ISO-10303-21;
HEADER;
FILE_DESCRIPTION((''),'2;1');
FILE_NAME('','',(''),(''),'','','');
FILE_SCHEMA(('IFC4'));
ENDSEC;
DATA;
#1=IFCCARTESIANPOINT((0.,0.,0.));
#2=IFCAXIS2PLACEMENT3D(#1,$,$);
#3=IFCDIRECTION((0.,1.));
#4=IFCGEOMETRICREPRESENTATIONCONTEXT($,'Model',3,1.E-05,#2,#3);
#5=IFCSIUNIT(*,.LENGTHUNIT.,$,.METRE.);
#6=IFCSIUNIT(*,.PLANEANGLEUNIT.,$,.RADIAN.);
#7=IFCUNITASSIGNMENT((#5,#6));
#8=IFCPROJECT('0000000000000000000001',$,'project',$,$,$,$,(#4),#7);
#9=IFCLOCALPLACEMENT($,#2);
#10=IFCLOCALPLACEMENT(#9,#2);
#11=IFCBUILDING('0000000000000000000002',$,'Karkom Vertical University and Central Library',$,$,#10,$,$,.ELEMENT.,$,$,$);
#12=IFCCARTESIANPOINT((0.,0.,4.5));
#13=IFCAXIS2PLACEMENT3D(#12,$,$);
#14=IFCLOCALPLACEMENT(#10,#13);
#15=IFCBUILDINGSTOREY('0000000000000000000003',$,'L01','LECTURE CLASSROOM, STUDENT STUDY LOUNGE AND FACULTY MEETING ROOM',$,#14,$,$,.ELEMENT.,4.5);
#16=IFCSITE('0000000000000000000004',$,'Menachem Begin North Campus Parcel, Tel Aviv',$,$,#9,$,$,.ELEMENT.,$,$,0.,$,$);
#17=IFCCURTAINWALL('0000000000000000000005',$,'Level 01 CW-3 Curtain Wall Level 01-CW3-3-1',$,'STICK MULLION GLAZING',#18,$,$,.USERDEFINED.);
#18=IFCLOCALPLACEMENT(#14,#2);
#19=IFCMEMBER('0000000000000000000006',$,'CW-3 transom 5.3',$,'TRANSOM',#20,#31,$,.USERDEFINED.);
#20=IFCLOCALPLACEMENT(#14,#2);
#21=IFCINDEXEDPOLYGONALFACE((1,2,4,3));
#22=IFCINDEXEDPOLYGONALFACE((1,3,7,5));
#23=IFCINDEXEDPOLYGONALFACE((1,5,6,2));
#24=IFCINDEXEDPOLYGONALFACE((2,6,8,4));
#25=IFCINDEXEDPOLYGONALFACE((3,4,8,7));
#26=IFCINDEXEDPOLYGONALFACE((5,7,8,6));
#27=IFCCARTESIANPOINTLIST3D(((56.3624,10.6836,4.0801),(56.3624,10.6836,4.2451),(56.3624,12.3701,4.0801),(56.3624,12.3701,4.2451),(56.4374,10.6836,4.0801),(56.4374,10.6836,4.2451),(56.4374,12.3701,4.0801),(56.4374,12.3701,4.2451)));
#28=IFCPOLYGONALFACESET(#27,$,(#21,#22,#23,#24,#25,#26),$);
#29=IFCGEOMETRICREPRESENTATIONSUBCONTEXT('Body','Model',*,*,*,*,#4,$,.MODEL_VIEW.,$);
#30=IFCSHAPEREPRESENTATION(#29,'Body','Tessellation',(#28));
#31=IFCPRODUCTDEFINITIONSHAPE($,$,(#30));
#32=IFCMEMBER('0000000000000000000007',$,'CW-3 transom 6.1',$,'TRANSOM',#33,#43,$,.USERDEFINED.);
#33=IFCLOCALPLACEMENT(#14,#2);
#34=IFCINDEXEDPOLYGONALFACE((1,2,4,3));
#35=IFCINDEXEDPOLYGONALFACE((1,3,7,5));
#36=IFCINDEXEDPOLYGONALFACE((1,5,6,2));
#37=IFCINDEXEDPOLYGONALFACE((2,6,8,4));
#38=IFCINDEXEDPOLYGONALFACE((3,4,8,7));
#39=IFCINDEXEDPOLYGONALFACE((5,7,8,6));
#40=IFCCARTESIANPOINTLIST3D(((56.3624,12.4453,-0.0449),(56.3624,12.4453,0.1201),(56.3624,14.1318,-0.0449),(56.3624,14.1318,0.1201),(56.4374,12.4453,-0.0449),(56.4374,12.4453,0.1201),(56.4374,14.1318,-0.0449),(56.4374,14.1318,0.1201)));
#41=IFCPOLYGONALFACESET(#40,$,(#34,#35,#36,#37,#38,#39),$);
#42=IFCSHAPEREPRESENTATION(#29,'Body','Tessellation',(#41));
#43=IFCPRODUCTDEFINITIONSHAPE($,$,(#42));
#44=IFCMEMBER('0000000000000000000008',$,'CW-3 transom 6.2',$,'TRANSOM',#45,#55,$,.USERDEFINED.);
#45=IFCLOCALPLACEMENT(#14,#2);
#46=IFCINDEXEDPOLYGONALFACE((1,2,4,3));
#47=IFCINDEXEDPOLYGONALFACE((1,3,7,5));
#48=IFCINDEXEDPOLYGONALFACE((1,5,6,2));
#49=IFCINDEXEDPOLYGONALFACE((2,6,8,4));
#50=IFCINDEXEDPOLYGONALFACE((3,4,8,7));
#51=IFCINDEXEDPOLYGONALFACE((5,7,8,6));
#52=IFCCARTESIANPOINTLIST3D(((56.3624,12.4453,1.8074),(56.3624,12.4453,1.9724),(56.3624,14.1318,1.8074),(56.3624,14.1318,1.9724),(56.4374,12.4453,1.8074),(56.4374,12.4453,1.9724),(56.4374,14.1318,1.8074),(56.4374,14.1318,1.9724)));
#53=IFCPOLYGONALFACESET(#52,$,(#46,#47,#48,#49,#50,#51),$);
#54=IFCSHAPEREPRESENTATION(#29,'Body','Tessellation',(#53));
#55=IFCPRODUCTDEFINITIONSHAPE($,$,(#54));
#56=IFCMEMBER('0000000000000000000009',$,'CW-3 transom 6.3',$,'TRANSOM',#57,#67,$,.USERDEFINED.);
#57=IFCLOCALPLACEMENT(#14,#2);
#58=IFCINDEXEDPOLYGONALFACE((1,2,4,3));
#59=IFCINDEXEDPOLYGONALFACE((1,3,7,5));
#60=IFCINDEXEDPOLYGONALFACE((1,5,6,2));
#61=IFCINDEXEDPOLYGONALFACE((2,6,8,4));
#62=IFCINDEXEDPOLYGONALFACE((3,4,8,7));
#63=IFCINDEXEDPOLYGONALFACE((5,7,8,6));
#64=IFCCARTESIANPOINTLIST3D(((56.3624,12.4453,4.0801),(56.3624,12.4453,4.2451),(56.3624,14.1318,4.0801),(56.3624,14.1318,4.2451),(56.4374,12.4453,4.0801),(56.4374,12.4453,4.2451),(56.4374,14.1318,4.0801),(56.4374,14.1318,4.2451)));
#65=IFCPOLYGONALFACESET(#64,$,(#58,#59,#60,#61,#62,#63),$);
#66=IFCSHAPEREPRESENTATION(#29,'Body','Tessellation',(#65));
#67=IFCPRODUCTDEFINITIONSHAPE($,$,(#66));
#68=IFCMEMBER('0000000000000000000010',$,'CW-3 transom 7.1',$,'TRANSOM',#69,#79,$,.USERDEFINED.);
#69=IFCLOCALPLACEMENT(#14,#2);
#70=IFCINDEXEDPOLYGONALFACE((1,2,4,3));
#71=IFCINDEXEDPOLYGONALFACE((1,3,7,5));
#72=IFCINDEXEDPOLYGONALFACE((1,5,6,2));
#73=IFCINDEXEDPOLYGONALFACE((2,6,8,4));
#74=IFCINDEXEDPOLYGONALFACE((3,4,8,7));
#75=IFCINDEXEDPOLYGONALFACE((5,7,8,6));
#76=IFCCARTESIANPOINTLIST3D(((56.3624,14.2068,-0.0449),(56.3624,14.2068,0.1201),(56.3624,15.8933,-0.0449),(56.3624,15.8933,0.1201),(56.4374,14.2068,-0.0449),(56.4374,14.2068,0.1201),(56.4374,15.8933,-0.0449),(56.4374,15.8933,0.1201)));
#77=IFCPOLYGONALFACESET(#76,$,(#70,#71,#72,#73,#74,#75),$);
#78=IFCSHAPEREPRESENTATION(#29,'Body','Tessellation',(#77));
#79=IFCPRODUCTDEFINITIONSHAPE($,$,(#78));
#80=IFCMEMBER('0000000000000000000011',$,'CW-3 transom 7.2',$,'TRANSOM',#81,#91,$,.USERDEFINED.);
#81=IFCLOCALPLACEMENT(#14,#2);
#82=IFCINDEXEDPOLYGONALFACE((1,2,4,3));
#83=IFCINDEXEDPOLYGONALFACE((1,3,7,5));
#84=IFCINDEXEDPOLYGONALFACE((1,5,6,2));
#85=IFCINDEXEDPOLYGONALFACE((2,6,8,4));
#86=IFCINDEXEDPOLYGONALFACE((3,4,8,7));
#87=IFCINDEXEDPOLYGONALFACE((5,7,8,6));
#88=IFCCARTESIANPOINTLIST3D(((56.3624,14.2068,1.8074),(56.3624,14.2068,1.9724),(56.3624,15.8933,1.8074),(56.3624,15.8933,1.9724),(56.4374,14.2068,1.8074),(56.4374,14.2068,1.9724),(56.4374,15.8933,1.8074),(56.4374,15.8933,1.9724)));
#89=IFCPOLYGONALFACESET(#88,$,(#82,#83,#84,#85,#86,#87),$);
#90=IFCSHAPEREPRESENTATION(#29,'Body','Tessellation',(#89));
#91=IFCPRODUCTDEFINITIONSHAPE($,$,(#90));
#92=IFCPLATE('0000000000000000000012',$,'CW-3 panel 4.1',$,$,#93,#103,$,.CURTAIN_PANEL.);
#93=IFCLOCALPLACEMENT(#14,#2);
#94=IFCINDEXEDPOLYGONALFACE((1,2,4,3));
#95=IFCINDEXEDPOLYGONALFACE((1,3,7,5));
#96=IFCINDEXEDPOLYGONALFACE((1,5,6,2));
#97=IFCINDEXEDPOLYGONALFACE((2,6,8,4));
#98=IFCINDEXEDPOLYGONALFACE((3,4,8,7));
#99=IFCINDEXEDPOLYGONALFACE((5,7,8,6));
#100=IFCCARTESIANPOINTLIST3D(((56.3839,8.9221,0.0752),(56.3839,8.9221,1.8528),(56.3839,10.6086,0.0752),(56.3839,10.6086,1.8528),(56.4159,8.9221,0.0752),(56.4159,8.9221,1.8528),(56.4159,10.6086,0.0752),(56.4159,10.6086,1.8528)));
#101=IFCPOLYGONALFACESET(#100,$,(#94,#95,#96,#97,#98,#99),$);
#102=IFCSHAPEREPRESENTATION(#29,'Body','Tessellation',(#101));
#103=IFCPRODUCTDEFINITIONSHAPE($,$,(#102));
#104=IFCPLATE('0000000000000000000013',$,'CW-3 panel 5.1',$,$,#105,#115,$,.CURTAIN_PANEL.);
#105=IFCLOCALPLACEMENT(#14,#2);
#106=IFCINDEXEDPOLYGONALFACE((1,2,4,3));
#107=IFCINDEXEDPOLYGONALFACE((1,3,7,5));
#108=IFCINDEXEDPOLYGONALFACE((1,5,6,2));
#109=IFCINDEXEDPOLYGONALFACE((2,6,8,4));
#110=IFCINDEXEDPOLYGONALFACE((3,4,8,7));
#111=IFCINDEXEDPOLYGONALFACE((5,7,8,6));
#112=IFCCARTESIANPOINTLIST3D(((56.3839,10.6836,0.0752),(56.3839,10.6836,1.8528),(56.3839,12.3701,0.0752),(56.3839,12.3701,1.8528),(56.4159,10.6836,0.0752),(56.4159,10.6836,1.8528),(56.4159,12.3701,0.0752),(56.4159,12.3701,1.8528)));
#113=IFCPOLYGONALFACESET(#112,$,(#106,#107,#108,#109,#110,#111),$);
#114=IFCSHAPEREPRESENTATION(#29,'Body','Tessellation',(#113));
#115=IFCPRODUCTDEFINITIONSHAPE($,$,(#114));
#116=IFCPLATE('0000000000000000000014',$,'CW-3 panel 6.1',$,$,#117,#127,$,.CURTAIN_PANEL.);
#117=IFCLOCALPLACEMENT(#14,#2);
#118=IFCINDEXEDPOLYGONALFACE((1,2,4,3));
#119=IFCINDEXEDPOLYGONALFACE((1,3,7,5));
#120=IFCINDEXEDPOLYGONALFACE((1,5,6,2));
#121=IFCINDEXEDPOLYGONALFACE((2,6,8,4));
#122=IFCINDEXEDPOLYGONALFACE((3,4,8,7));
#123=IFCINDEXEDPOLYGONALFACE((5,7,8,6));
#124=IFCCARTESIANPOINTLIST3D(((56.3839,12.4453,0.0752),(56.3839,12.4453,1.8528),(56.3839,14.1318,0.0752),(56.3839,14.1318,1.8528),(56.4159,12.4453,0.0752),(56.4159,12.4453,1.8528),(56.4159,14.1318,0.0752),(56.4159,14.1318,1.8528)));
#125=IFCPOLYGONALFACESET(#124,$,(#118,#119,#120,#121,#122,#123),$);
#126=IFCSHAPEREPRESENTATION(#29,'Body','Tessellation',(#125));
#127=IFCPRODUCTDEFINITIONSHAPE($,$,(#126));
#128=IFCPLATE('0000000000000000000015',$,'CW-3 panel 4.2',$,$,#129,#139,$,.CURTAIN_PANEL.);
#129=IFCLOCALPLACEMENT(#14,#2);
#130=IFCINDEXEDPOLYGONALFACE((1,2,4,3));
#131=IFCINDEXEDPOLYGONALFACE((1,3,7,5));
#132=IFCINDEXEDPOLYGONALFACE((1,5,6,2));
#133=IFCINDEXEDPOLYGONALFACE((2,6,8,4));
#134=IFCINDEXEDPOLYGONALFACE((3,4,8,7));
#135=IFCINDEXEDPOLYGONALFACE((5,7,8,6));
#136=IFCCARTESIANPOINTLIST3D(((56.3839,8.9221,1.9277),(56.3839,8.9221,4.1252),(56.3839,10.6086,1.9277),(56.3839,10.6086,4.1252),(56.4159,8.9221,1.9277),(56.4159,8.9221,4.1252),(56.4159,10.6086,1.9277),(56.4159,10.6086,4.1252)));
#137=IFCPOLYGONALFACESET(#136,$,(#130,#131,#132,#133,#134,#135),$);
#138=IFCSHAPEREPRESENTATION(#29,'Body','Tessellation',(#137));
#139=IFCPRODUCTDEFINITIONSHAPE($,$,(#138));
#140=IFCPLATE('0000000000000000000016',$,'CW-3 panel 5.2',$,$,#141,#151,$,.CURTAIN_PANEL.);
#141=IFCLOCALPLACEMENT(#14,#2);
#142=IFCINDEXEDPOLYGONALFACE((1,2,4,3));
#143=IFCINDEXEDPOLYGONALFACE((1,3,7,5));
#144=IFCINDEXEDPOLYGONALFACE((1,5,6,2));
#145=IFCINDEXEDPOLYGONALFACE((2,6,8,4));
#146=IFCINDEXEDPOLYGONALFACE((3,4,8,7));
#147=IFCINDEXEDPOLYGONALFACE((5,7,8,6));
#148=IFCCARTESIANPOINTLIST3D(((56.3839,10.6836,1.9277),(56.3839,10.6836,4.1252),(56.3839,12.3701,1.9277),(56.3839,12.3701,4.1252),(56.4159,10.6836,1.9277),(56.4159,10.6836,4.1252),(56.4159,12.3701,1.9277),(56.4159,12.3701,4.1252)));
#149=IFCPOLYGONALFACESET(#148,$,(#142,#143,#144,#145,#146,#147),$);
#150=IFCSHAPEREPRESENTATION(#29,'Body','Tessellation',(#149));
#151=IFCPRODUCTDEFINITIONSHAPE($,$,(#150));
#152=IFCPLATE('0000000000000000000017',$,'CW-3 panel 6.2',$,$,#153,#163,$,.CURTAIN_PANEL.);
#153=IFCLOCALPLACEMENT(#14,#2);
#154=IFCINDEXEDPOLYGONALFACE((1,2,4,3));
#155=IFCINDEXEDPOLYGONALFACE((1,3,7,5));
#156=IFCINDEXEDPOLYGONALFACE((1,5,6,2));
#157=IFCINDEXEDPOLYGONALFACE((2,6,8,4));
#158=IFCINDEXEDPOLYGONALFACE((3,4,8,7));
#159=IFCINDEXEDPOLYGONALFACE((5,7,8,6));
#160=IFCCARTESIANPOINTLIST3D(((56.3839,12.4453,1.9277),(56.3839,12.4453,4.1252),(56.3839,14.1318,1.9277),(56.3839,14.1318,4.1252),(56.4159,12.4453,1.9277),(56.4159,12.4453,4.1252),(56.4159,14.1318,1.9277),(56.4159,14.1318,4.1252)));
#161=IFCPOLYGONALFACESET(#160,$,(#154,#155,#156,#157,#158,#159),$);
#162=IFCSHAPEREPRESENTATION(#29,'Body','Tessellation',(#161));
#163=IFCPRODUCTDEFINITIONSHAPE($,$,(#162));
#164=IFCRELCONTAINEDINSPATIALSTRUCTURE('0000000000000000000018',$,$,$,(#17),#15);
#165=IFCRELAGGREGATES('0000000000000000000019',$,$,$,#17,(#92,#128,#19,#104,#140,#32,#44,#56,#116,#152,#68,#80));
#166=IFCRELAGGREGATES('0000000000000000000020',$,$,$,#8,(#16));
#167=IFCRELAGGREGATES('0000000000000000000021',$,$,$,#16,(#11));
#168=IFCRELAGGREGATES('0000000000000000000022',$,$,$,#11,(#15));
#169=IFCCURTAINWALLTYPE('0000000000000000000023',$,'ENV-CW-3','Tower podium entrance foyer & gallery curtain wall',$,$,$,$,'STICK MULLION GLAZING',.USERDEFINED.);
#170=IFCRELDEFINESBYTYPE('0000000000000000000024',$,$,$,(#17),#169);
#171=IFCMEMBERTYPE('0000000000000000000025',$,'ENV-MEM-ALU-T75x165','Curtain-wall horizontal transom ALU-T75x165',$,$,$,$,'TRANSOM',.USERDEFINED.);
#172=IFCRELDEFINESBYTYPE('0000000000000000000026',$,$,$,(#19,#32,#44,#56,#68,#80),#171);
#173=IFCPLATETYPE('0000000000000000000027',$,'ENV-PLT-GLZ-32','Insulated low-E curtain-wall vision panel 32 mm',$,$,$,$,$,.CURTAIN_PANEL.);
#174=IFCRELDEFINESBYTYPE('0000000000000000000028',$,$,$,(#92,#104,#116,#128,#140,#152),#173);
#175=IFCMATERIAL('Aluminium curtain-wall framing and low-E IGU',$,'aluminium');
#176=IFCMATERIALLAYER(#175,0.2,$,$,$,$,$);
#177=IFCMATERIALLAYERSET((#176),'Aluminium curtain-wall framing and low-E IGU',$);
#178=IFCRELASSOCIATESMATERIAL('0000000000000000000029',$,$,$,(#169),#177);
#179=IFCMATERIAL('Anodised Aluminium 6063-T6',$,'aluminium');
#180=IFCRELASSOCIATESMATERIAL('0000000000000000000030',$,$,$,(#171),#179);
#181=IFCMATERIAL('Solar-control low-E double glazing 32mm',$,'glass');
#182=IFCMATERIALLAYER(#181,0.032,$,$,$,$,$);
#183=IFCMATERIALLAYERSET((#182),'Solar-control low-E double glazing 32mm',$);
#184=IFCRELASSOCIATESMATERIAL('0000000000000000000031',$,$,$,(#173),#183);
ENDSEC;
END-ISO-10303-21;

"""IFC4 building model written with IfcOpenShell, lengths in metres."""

from ifc_helpers import new_model, si_unit, direction, frame, origin, origin_with_axes, origin_2d, place, context, subcontext, project, spatial, rectangle, extrude, source, transform, mapped, material, layer, layer_set, material_profile, profile_set, type_object, element, aggregate, save


model = new_model("IFC4")

# Units and contexts
model_context = context("Model", 3, precision=1e-05, world=origin(), true_north=direction((0.0, 1.0)))
body_context = subcontext(model_context, "Body", "Model", "MODEL_VIEW")
ifc_project = project(units=[si_unit("LENGTHUNIT", "METRE"), si_unit("PLANEANGLEUNIT", "RADIAN")], contexts=[model_context])

# Site, building, storey
site_placement = place(None, origin())
site = spatial("IfcSite", under=ifc_project, at=site_placement, Name="Menachem Begin North Campus Parcel, Tel Aviv", CompositionType="ELEMENT", RefElevation=0.0)
building_placement = place(site_placement, origin())
building = spatial("IfcBuilding", under=site, at=building_placement, Name="Karkom Vertical University and Central Library", CompositionType="ELEMENT")
storey_placement = place(building_placement, frame((0.0, 0.0, 4.5)))
storey = spatial("IfcBuildingStorey", under=building, at=storey_placement, Name="L01", Description="LECTURE CLASSROOM, STUDENT STUDY LOUNGE AND FACULTY MEETING ROOM", CompositionType="ELEMENT", Elevation=4.5)

# Curtain wall
ifc_material_1 = material(Name="Aluminium curtain-wall framing and low-E IGU", Category="aluminium")
ifc_layer_1 = layer(ifc_material_1, 0.2)
ifc_layer_set_1 = layer_set([ifc_layer_1], Name="Aluminium curtain-wall framing and low-E IGU")
curtain_wall_type_1 = type_object("IfcCurtainWallType", Name="ENV-CW-3", Description="Tower podium entrance foyer & gallery curtain wall", ElementType="STICK MULLION GLAZING", PredefinedType="USERDEFINED", material=ifc_layer_set_1)
curtain_wall_1_placement = place(storey_placement, origin())
curtain_wall_1 = element("IfcCurtainWall", 1, at=curtain_wall_1_placement, inside=storey, type_object=curtain_wall_type_1, Name="Level 01 CW-3 Curtain Wall Level 01-CW3-3-1", ObjectType="STICK MULLION GLAZING", PredefinedType="USERDEFINED")
ifc_material_2 = material(Name="Anodised Aluminium 6063-T6", Category="aluminium")

# Members
ifc_material_profile_1 = material_profile(ifc_material_2, rectangle(XDim=0.075, YDim=0.165, at=origin_2d()), Name="ALU-T75x165")
ifc_profile_set_1 = profile_set([ifc_material_profile_1], Name="Anodised Aluminium 6063-T6")
member_type_1 = type_object("IfcMemberType", Name="ENV-MEM-ALU-T75x165", Description="Curtain-wall horizontal transom ALU-T75x165", ElementType="TRANSOM", PredefinedType="USERDEFINED", material=ifc_profile_set_1)
shared_shape_1 = source(origin_with_axes(), body_context, "Body", "SweptSolid", [
    extrude(rectangle(XDim=0.075, YDim=0.165, at=origin_2d()), origin(), (0.0, 0.0, 1.0), 1.6865),
])
member_1_placement = place(storey_placement, frame((56.3999, 10.6836, 4.1626), z_axis=(0.0, 1.0, 0.0), x_axis=(-1.0, 0.0, 0.0)))
member_1 = element("IfcMember", 2, at=member_1_placement, type_object=member_type_1, Name="CW-3 transom 5.3", ObjectType="TRANSOM", PredefinedType="USERDEFINED", context=body_context, shape_type="MappedRepresentation", body=[
    mapped(shared_shape_1, transform((0.0, 0.0, 0.0), scale=1.0)),
])
member_2_placement = place(storey_placement, frame((56.3999, 12.4453, 0.0376), z_axis=(0.0, 1.0, 0.0), x_axis=(-1.0, 0.0, 0.0)))
member_2 = element("IfcMember", 3, at=member_2_placement, type_object=member_type_1, Name="CW-3 transom 6.1", ObjectType="TRANSOM", PredefinedType="USERDEFINED", context=body_context, shape_type="MappedRepresentation", body=[
    mapped(shared_shape_1, transform((0.0, 0.0, 0.0), scale=1.0)),
])
member_3_placement = place(storey_placement, frame((56.3999, 12.4453, 1.8899), z_axis=(0.0, 1.0, 0.0), x_axis=(-1.0, 0.0, 0.0)))
member_3 = element("IfcMember", 4, at=member_3_placement, type_object=member_type_1, Name="CW-3 transom 6.2", ObjectType="TRANSOM", PredefinedType="USERDEFINED", context=body_context, shape_type="MappedRepresentation", body=[
    mapped(shared_shape_1, transform((0.0, 0.0, 0.0), scale=1.0)),
])
member_4_placement = place(storey_placement, frame((56.3999, 12.4453, 4.1626), z_axis=(0.0, 1.0, 0.0), x_axis=(-1.0, 0.0, 0.0)))
member_4 = element("IfcMember", 5, at=member_4_placement, type_object=member_type_1, Name="CW-3 transom 6.3", ObjectType="TRANSOM", PredefinedType="USERDEFINED", context=body_context, shape_type="MappedRepresentation", body=[
    mapped(shared_shape_1, transform((0.0, 0.0, 0.0), scale=1.0)),
])
member_5_placement = place(storey_placement, frame((56.3999, 14.2068, 0.0376), z_axis=(0.0, 1.0, 0.0), x_axis=(-1.0, 0.0, 0.0)))
member_5 = element("IfcMember", 6, at=member_5_placement, type_object=member_type_1, Name="CW-3 transom 7.1", ObjectType="TRANSOM", PredefinedType="USERDEFINED", context=body_context, shape_type="MappedRepresentation", body=[
    mapped(shared_shape_1, transform((0.0, 0.0, 0.0), scale=1.0)),
])
member_6_placement = place(storey_placement, frame((56.3999, 14.2068, 1.8899), z_axis=(0.0, 1.0, 0.0), x_axis=(-1.0, 0.0, 0.0)))
member_6 = element("IfcMember", 7, at=member_6_placement, type_object=member_type_1, Name="CW-3 transom 7.2", ObjectType="TRANSOM", PredefinedType="USERDEFINED", context=body_context, shape_type="MappedRepresentation", body=[
    mapped(shared_shape_1, transform((0.0, 0.0, 0.0), scale=1.0)),
])

# Plates
ifc_material_3 = material(Name="Solar-control low-E double glazing 32mm", Category="glass")
ifc_layer_2 = layer(ifc_material_3, 0.032)
ifc_layer_set_2 = layer_set([ifc_layer_2], Name="Solar-control low-E double glazing 32mm")
plate_type = type_object("IfcPlateType", Name="ENV-PLT-GLZ-32", Description="Insulated low-E curtain-wall vision panel 32 mm", PredefinedType="CURTAIN_PANEL", material=ifc_layer_set_2)
shared_shape_2 = source(origin_with_axes(), body_context, "Body", "SweptSolid", [
    extrude(rectangle(XDim=1.6865, YDim=0.032, at=origin_2d()), origin(), (0.0, 0.0, 1.0), 1.7776),
])
plate_1_placement = place(storey_placement, frame((56.3999, 9.7654, 0.0752), z_axis=(0.0, 0.0, 1.0), x_axis=(0.0, 1.0, 0.0)))
plate_1 = element("IfcPlate", 8, at=plate_1_placement, type_object=plate_type, Name="CW-3 panel 4.1", PredefinedType="CURTAIN_PANEL", context=body_context, shape_type="MappedRepresentation", body=[
    mapped(shared_shape_2, transform((0.0, 0.0, 0.0), scale=1.0)),
])
plate_2_placement = place(storey_placement, frame((56.3999, 11.5269, 0.0752), z_axis=(0.0, 0.0, 1.0), x_axis=(0.0, 1.0, 0.0)))
plate_2 = element("IfcPlate", 9, at=plate_2_placement, type_object=plate_type, Name="CW-3 panel 5.1", PredefinedType="CURTAIN_PANEL", context=body_context, shape_type="MappedRepresentation", body=[
    mapped(shared_shape_2, transform((0.0, 0.0, 0.0), scale=1.0)),
])
plate_3_placement = place(storey_placement, frame((56.3999, 13.2886, 0.0752), z_axis=(0.0, 0.0, 1.0), x_axis=(0.0, 1.0, 0.0)))
plate_3 = element("IfcPlate", 10, at=plate_3_placement, type_object=plate_type, Name="CW-3 panel 6.1", PredefinedType="CURTAIN_PANEL", context=body_context, shape_type="MappedRepresentation", body=[
    mapped(shared_shape_2, transform((0.0, 0.0, 0.0), scale=1.0)),
])
shared_shape_3 = source(origin_with_axes(), body_context, "Body", "SweptSolid", [
    extrude(rectangle(XDim=1.6865, YDim=0.032, at=origin_2d()), origin(), (0.0, 0.0, 1.0), 2.1975),
])
plate_4_placement = place(storey_placement, frame((56.3999, 9.7654, 1.9277), z_axis=(0.0, 0.0, 1.0), x_axis=(0.0, 1.0, 0.0)))
plate_4 = element("IfcPlate", 11, at=plate_4_placement, type_object=plate_type, Name="CW-3 panel 4.2", PredefinedType="CURTAIN_PANEL", context=body_context, shape_type="MappedRepresentation", body=[
    mapped(shared_shape_3, transform((0.0, 0.0, 0.0), scale=1.0)),
])
plate_5_placement = place(storey_placement, frame((56.3999, 11.5269, 1.9277), z_axis=(0.0, 0.0, 1.0), x_axis=(0.0, 1.0, 0.0)))
plate_5 = element("IfcPlate", 12, at=plate_5_placement, type_object=plate_type, Name="CW-3 panel 5.2", PredefinedType="CURTAIN_PANEL", context=body_context, shape_type="MappedRepresentation", body=[
    mapped(shared_shape_3, transform((0.0, 0.0, 0.0), scale=1.0)),
])
plate_6_placement = place(storey_placement, frame((56.3999, 13.2886, 1.9277), z_axis=(0.0, 0.0, 1.0), x_axis=(0.0, 1.0, 0.0)))
plate_6 = element("IfcPlate", 13, at=plate_6_placement, type_object=plate_type, Name="CW-3 panel 6.2", PredefinedType="CURTAIN_PANEL", context=body_context, shape_type="MappedRepresentation", body=[
    mapped(shared_shape_3, transform((0.0, 0.0, 0.0), scale=1.0)),
])
aggregate(curtain_wall_1, [plate_1, plate_4, member_1, plate_2, plate_5, member_2, member_3, member_4, plate_3, plate_6, member_5, member_6])

save(model, "model.ifc")
